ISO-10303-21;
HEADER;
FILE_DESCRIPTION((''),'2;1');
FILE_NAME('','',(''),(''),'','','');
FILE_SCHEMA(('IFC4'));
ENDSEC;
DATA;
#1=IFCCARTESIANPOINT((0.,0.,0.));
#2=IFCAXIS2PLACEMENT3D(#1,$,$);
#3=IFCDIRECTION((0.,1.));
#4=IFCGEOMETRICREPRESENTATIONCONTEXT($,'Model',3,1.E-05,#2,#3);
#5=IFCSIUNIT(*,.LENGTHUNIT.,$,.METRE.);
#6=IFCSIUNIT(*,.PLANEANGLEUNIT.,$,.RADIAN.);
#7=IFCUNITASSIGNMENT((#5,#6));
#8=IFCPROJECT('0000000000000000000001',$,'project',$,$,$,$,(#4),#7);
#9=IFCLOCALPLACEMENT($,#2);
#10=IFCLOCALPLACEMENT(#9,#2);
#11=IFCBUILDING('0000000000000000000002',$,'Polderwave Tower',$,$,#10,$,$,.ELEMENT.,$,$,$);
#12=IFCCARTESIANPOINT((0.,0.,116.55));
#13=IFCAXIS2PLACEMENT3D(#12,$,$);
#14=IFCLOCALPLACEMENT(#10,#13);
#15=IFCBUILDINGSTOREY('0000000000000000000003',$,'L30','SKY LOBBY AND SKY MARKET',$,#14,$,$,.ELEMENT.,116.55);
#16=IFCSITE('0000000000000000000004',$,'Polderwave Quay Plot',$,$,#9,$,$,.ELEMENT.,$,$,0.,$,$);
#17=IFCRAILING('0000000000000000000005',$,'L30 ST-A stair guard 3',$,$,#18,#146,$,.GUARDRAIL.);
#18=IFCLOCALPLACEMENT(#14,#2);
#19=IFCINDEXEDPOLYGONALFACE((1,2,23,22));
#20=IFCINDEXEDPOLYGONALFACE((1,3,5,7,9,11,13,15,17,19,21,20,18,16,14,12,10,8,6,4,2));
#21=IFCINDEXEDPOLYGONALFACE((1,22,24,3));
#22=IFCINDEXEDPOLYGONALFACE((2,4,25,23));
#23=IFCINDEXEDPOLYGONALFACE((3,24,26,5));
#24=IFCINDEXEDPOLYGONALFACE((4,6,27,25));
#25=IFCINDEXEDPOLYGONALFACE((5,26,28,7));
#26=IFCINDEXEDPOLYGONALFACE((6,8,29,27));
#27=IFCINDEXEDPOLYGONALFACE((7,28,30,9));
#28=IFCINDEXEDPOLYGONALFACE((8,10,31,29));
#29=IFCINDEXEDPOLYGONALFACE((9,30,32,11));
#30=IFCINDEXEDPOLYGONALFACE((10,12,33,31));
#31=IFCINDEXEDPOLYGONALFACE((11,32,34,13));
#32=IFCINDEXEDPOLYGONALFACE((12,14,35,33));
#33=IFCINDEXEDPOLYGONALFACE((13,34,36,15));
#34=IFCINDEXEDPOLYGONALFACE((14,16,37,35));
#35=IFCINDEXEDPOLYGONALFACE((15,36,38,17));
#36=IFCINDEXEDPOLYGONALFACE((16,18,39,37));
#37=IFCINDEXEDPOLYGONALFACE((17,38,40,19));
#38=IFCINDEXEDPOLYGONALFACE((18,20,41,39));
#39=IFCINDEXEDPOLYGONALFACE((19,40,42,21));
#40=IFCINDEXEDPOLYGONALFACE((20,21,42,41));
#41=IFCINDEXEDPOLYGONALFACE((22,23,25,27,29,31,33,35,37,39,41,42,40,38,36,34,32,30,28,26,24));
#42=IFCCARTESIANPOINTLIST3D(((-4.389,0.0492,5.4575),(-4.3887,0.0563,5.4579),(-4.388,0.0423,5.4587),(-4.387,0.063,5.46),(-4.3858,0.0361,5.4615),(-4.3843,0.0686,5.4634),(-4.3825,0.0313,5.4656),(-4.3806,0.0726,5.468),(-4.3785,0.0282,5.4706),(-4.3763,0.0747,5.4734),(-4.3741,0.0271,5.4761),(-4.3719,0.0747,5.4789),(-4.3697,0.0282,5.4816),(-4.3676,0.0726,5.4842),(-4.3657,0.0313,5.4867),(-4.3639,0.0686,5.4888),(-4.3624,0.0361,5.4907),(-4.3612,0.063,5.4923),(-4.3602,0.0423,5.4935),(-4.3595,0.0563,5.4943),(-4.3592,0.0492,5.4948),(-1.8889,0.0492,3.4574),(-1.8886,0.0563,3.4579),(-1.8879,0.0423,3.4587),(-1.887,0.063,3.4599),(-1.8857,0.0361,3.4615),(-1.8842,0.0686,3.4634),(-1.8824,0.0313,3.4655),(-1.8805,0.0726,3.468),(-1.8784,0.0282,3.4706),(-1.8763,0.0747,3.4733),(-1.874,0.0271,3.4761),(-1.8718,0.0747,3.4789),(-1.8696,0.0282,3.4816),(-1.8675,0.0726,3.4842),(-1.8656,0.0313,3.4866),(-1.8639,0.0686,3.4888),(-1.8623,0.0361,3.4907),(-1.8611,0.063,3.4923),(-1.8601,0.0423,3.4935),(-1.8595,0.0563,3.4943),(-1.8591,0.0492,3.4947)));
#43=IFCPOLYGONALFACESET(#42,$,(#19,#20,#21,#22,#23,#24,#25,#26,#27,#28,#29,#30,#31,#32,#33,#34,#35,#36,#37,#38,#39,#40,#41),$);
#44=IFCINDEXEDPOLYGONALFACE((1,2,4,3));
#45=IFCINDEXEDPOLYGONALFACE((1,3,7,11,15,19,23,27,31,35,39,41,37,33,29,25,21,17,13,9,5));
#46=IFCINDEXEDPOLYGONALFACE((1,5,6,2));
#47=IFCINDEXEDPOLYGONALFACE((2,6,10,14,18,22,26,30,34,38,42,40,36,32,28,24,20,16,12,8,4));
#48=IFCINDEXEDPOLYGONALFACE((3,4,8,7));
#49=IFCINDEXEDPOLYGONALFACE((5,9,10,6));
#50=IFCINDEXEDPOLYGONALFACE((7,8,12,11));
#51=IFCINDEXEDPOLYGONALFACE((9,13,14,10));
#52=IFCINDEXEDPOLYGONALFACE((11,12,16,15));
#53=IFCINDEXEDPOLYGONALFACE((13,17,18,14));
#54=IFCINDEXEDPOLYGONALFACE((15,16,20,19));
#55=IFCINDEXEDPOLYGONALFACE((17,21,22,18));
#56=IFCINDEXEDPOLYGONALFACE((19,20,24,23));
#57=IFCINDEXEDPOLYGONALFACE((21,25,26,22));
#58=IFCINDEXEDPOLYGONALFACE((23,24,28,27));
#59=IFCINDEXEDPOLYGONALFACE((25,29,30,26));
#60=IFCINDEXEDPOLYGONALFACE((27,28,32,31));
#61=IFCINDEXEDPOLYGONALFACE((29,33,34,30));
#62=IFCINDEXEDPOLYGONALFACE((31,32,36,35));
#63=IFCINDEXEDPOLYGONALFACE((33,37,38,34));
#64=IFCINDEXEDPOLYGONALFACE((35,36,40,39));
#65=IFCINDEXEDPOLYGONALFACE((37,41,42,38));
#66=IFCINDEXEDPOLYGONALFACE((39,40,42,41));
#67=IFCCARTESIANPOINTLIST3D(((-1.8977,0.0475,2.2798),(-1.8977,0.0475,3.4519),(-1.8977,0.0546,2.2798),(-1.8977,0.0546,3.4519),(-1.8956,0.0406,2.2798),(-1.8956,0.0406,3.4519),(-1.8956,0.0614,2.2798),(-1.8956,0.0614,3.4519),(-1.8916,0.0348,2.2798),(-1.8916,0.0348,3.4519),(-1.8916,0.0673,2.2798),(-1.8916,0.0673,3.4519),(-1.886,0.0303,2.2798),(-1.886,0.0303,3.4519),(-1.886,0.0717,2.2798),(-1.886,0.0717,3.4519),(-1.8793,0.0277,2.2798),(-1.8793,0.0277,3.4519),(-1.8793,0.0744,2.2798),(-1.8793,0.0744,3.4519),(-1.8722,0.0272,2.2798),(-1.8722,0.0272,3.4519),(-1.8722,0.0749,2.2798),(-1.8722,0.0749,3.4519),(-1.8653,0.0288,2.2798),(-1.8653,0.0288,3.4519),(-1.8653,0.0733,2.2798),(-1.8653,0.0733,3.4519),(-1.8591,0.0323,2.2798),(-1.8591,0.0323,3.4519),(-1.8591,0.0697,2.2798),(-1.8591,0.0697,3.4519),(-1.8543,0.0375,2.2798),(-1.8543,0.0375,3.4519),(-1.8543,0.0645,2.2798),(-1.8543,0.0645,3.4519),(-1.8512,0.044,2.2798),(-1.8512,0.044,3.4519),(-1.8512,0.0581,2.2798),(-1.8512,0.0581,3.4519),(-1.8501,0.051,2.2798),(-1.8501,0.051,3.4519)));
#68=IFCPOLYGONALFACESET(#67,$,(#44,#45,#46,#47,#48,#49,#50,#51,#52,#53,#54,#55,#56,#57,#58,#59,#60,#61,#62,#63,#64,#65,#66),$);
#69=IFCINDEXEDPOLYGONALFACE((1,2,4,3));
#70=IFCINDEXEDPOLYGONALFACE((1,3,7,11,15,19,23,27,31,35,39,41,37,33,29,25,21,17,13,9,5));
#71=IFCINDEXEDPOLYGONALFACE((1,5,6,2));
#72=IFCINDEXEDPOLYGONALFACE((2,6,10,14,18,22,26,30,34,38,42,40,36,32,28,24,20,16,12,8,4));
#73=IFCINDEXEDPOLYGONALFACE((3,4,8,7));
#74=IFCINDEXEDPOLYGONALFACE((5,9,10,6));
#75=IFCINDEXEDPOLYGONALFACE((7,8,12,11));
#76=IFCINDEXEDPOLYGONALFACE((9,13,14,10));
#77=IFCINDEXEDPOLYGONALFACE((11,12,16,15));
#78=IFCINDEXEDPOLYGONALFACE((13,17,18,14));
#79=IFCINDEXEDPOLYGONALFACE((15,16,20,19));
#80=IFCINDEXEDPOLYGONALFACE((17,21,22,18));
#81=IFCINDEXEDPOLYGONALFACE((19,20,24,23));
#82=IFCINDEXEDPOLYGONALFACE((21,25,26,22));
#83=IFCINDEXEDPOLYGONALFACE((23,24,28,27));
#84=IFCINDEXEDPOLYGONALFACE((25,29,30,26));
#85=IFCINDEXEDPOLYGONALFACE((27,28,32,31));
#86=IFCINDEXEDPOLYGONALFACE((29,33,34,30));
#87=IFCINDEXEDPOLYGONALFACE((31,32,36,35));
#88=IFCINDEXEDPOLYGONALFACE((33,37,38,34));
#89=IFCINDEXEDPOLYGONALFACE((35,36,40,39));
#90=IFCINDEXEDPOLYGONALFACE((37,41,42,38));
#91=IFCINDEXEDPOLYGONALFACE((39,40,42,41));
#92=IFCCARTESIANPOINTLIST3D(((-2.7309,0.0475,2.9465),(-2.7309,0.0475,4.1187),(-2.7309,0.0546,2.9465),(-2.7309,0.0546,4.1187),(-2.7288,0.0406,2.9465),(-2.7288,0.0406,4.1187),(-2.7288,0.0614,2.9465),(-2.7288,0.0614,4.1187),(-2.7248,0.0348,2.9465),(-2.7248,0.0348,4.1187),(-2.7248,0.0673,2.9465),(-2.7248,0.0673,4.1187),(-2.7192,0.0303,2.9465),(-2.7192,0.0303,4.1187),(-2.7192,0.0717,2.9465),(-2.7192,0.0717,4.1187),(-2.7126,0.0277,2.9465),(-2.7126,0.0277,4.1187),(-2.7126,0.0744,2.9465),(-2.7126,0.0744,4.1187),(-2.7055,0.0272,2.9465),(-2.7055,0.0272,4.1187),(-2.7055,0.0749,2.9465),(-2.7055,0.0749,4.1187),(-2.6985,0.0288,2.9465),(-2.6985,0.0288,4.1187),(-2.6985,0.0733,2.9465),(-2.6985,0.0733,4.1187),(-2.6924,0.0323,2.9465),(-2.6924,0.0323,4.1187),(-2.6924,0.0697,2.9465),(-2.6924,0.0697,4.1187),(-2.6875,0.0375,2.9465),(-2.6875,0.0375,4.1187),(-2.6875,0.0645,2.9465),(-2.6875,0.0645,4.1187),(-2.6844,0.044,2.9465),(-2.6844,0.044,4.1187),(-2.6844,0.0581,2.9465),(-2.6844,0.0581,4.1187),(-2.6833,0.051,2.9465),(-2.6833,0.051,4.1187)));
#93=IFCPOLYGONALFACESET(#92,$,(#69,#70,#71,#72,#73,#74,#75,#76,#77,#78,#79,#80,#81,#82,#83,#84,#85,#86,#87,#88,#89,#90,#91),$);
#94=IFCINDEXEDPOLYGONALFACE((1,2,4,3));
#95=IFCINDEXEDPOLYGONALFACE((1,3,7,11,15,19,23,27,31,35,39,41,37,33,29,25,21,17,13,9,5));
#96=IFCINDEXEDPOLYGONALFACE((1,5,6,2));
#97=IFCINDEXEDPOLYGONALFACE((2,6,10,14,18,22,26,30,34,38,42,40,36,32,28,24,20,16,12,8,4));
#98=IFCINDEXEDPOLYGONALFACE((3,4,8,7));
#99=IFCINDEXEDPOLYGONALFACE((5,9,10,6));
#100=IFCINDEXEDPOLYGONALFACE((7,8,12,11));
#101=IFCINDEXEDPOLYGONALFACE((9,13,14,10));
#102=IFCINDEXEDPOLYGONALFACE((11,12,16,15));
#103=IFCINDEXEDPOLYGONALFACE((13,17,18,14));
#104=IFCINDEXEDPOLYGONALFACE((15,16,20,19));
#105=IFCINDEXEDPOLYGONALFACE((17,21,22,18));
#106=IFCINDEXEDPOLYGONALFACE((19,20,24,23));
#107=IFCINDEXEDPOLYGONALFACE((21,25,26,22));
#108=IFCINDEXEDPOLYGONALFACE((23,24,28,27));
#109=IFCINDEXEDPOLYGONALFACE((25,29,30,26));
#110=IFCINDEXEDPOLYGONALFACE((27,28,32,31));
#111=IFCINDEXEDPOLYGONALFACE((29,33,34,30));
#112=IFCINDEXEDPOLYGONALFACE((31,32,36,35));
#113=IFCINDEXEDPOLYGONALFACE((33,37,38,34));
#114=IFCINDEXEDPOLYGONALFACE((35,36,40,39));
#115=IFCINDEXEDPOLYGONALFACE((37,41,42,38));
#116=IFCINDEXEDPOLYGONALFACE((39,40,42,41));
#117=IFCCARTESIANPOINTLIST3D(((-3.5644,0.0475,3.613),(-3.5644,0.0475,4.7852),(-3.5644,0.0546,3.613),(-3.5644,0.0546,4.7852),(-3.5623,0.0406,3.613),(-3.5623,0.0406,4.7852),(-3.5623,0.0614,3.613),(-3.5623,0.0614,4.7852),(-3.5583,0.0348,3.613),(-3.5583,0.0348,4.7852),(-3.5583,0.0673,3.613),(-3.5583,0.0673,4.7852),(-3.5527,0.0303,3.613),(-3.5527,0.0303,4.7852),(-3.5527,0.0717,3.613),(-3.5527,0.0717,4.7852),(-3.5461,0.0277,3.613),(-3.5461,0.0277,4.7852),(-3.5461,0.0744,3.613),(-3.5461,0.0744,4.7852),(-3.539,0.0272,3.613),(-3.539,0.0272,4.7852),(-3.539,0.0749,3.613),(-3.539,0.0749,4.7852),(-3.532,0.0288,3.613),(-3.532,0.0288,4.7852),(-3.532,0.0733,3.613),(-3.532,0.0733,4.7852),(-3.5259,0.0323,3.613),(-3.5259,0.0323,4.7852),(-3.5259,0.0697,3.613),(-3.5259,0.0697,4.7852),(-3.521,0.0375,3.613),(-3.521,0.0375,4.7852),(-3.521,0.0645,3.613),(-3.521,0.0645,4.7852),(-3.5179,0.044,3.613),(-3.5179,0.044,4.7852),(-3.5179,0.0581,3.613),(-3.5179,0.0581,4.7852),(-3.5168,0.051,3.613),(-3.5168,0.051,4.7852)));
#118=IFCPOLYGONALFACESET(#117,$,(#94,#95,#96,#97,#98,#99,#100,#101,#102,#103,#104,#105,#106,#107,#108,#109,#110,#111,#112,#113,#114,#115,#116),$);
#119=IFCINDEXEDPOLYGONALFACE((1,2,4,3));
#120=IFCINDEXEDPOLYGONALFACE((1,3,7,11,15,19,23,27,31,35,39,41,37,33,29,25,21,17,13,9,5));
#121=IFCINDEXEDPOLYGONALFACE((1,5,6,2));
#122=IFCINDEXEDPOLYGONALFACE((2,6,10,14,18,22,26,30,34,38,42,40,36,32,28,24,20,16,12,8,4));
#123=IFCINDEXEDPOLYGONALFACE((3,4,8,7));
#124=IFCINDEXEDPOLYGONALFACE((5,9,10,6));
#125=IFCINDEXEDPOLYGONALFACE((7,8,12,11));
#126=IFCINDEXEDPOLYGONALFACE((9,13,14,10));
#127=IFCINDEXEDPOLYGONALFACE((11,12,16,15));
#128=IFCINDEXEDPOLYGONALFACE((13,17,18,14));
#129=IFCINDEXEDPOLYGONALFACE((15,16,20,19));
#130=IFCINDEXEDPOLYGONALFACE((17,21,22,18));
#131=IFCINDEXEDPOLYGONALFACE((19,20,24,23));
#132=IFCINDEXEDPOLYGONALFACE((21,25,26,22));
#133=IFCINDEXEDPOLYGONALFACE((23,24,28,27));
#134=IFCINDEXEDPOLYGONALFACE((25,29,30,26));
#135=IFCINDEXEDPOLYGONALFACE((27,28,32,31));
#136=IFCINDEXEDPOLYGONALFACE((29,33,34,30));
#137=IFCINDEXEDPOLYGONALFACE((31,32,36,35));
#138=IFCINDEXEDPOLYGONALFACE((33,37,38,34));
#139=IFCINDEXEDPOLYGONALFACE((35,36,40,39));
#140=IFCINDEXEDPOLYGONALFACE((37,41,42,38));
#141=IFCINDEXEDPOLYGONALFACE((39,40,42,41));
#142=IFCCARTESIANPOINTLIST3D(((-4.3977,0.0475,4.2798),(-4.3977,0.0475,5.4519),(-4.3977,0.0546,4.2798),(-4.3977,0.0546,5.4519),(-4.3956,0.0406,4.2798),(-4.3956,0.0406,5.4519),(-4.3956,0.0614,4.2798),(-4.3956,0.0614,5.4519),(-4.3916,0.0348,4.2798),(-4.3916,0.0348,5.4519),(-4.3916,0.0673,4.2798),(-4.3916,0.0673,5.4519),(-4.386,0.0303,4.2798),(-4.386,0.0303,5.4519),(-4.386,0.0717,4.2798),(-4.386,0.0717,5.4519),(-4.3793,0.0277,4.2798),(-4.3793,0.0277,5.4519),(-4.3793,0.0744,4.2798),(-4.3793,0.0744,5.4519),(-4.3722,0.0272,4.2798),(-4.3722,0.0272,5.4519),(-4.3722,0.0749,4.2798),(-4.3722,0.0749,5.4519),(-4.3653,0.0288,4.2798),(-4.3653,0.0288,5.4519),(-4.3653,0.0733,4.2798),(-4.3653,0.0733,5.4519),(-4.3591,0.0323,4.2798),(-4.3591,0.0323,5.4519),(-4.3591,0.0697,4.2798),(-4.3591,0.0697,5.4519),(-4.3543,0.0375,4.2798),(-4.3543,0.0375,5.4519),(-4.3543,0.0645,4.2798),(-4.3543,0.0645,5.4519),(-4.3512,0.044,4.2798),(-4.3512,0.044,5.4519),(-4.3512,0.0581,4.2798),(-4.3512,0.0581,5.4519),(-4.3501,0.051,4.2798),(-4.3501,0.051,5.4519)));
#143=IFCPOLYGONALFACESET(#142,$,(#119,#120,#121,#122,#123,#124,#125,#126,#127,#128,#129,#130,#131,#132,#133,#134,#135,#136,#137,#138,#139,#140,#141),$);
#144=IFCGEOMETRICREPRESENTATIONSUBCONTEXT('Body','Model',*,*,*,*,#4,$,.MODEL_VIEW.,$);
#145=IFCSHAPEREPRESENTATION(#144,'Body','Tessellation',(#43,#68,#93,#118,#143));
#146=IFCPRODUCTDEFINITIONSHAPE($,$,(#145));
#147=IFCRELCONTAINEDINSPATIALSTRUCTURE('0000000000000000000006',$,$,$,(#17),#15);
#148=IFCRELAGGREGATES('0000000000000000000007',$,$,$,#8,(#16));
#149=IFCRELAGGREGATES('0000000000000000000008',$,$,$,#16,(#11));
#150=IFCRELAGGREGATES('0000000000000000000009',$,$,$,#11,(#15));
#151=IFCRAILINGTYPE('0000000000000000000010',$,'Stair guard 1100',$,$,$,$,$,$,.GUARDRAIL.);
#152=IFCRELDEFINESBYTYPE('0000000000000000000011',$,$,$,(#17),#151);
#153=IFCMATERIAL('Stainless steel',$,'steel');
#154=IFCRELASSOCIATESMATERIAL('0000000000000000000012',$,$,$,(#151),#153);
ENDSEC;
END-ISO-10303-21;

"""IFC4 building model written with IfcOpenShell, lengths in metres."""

from ifc_helpers import new_model, si_unit, direction, frame, origin, origin_2d, place, context, subcontext, project, spatial, circle, extrude, material, type_object, element, save


model = new_model("IFC4")

# Units and contexts
model_context = context("Model", 3, precision=1e-05, world=origin(), true_north=direction((0.0, 1.0)))
body_context = subcontext(model_context, "Body", "Model", "MODEL_VIEW")
ifc_project = project(units=[si_unit("LENGTHUNIT", "METRE"), si_unit("PLANEANGLEUNIT", "RADIAN")], contexts=[model_context])

# Site, building, storey
site_placement = place(None, origin())
site = spatial("IfcSite", under=ifc_project, at=site_placement, Name="Polderwave Quay Plot", CompositionType="ELEMENT", RefElevation=0.0)
building_placement = place(site_placement, origin())
building = spatial("IfcBuilding", under=site, at=building_placement, Name="Polderwave Tower", CompositionType="ELEMENT")
storey_placement = place(building_placement, frame((0.0, 0.0, 116.55)))
storey = spatial("IfcBuildingStorey", under=building, at=storey_placement, Name="L30", Description="SKY LOBBY AND SKY MARKET", CompositionType="ELEMENT", Elevation=116.55)

# Shared definitions
ifc_material_1 = material(Name="Stainless steel", Category="steel")

# Railing
railing_type_1 = type_object("IfcRailingType", Name="Stair guard 1100", PredefinedType="GUARDRAIL", material=ifc_material_1)
railing_1_placement = place(storey_placement, frame((-1.874, 0.051, 2.2798)))
element("IfcRailing", 1, at=railing_1_placement, inside=storey, type_object=railing_type_1, Name="L30 ST-A stair guard 3", PredefinedType="GUARDRAIL", context=body_context, shape_type="SweptSolid", body=[
    extrude(circle(Radius=0.0239, at=origin_2d()), frame((0.0, 0.0, 1.1963), z_axis=(-0.780869, 0.0, 0.624695), x_axis=(0.0, -1.0, 0.0)), (0.0, 0.0, 1.0), 3.2017),
    extrude(circle(Radius=0.0239, at=origin_2d()), origin(), (0.0, 0.0, 1.0), 1.1721),
    extrude(circle(Radius=0.0239, at=origin_2d()), frame((-0.8333, 0.0, 0.6667)), (0.0, 0.0, 1.0), 1.1721),
    extrude(circle(Radius=0.0239, at=origin_2d()), frame((-1.6667, 0.0, 1.3333)), (0.0, 0.0, 1.0), 1.1721),
    extrude(circle(Radius=0.0239, at=origin_2d()), frame((-2.5, 0.0, 2.0)), (0.0, 0.0, 1.0), 1.1721),
])

save(model, "model.ifc")
